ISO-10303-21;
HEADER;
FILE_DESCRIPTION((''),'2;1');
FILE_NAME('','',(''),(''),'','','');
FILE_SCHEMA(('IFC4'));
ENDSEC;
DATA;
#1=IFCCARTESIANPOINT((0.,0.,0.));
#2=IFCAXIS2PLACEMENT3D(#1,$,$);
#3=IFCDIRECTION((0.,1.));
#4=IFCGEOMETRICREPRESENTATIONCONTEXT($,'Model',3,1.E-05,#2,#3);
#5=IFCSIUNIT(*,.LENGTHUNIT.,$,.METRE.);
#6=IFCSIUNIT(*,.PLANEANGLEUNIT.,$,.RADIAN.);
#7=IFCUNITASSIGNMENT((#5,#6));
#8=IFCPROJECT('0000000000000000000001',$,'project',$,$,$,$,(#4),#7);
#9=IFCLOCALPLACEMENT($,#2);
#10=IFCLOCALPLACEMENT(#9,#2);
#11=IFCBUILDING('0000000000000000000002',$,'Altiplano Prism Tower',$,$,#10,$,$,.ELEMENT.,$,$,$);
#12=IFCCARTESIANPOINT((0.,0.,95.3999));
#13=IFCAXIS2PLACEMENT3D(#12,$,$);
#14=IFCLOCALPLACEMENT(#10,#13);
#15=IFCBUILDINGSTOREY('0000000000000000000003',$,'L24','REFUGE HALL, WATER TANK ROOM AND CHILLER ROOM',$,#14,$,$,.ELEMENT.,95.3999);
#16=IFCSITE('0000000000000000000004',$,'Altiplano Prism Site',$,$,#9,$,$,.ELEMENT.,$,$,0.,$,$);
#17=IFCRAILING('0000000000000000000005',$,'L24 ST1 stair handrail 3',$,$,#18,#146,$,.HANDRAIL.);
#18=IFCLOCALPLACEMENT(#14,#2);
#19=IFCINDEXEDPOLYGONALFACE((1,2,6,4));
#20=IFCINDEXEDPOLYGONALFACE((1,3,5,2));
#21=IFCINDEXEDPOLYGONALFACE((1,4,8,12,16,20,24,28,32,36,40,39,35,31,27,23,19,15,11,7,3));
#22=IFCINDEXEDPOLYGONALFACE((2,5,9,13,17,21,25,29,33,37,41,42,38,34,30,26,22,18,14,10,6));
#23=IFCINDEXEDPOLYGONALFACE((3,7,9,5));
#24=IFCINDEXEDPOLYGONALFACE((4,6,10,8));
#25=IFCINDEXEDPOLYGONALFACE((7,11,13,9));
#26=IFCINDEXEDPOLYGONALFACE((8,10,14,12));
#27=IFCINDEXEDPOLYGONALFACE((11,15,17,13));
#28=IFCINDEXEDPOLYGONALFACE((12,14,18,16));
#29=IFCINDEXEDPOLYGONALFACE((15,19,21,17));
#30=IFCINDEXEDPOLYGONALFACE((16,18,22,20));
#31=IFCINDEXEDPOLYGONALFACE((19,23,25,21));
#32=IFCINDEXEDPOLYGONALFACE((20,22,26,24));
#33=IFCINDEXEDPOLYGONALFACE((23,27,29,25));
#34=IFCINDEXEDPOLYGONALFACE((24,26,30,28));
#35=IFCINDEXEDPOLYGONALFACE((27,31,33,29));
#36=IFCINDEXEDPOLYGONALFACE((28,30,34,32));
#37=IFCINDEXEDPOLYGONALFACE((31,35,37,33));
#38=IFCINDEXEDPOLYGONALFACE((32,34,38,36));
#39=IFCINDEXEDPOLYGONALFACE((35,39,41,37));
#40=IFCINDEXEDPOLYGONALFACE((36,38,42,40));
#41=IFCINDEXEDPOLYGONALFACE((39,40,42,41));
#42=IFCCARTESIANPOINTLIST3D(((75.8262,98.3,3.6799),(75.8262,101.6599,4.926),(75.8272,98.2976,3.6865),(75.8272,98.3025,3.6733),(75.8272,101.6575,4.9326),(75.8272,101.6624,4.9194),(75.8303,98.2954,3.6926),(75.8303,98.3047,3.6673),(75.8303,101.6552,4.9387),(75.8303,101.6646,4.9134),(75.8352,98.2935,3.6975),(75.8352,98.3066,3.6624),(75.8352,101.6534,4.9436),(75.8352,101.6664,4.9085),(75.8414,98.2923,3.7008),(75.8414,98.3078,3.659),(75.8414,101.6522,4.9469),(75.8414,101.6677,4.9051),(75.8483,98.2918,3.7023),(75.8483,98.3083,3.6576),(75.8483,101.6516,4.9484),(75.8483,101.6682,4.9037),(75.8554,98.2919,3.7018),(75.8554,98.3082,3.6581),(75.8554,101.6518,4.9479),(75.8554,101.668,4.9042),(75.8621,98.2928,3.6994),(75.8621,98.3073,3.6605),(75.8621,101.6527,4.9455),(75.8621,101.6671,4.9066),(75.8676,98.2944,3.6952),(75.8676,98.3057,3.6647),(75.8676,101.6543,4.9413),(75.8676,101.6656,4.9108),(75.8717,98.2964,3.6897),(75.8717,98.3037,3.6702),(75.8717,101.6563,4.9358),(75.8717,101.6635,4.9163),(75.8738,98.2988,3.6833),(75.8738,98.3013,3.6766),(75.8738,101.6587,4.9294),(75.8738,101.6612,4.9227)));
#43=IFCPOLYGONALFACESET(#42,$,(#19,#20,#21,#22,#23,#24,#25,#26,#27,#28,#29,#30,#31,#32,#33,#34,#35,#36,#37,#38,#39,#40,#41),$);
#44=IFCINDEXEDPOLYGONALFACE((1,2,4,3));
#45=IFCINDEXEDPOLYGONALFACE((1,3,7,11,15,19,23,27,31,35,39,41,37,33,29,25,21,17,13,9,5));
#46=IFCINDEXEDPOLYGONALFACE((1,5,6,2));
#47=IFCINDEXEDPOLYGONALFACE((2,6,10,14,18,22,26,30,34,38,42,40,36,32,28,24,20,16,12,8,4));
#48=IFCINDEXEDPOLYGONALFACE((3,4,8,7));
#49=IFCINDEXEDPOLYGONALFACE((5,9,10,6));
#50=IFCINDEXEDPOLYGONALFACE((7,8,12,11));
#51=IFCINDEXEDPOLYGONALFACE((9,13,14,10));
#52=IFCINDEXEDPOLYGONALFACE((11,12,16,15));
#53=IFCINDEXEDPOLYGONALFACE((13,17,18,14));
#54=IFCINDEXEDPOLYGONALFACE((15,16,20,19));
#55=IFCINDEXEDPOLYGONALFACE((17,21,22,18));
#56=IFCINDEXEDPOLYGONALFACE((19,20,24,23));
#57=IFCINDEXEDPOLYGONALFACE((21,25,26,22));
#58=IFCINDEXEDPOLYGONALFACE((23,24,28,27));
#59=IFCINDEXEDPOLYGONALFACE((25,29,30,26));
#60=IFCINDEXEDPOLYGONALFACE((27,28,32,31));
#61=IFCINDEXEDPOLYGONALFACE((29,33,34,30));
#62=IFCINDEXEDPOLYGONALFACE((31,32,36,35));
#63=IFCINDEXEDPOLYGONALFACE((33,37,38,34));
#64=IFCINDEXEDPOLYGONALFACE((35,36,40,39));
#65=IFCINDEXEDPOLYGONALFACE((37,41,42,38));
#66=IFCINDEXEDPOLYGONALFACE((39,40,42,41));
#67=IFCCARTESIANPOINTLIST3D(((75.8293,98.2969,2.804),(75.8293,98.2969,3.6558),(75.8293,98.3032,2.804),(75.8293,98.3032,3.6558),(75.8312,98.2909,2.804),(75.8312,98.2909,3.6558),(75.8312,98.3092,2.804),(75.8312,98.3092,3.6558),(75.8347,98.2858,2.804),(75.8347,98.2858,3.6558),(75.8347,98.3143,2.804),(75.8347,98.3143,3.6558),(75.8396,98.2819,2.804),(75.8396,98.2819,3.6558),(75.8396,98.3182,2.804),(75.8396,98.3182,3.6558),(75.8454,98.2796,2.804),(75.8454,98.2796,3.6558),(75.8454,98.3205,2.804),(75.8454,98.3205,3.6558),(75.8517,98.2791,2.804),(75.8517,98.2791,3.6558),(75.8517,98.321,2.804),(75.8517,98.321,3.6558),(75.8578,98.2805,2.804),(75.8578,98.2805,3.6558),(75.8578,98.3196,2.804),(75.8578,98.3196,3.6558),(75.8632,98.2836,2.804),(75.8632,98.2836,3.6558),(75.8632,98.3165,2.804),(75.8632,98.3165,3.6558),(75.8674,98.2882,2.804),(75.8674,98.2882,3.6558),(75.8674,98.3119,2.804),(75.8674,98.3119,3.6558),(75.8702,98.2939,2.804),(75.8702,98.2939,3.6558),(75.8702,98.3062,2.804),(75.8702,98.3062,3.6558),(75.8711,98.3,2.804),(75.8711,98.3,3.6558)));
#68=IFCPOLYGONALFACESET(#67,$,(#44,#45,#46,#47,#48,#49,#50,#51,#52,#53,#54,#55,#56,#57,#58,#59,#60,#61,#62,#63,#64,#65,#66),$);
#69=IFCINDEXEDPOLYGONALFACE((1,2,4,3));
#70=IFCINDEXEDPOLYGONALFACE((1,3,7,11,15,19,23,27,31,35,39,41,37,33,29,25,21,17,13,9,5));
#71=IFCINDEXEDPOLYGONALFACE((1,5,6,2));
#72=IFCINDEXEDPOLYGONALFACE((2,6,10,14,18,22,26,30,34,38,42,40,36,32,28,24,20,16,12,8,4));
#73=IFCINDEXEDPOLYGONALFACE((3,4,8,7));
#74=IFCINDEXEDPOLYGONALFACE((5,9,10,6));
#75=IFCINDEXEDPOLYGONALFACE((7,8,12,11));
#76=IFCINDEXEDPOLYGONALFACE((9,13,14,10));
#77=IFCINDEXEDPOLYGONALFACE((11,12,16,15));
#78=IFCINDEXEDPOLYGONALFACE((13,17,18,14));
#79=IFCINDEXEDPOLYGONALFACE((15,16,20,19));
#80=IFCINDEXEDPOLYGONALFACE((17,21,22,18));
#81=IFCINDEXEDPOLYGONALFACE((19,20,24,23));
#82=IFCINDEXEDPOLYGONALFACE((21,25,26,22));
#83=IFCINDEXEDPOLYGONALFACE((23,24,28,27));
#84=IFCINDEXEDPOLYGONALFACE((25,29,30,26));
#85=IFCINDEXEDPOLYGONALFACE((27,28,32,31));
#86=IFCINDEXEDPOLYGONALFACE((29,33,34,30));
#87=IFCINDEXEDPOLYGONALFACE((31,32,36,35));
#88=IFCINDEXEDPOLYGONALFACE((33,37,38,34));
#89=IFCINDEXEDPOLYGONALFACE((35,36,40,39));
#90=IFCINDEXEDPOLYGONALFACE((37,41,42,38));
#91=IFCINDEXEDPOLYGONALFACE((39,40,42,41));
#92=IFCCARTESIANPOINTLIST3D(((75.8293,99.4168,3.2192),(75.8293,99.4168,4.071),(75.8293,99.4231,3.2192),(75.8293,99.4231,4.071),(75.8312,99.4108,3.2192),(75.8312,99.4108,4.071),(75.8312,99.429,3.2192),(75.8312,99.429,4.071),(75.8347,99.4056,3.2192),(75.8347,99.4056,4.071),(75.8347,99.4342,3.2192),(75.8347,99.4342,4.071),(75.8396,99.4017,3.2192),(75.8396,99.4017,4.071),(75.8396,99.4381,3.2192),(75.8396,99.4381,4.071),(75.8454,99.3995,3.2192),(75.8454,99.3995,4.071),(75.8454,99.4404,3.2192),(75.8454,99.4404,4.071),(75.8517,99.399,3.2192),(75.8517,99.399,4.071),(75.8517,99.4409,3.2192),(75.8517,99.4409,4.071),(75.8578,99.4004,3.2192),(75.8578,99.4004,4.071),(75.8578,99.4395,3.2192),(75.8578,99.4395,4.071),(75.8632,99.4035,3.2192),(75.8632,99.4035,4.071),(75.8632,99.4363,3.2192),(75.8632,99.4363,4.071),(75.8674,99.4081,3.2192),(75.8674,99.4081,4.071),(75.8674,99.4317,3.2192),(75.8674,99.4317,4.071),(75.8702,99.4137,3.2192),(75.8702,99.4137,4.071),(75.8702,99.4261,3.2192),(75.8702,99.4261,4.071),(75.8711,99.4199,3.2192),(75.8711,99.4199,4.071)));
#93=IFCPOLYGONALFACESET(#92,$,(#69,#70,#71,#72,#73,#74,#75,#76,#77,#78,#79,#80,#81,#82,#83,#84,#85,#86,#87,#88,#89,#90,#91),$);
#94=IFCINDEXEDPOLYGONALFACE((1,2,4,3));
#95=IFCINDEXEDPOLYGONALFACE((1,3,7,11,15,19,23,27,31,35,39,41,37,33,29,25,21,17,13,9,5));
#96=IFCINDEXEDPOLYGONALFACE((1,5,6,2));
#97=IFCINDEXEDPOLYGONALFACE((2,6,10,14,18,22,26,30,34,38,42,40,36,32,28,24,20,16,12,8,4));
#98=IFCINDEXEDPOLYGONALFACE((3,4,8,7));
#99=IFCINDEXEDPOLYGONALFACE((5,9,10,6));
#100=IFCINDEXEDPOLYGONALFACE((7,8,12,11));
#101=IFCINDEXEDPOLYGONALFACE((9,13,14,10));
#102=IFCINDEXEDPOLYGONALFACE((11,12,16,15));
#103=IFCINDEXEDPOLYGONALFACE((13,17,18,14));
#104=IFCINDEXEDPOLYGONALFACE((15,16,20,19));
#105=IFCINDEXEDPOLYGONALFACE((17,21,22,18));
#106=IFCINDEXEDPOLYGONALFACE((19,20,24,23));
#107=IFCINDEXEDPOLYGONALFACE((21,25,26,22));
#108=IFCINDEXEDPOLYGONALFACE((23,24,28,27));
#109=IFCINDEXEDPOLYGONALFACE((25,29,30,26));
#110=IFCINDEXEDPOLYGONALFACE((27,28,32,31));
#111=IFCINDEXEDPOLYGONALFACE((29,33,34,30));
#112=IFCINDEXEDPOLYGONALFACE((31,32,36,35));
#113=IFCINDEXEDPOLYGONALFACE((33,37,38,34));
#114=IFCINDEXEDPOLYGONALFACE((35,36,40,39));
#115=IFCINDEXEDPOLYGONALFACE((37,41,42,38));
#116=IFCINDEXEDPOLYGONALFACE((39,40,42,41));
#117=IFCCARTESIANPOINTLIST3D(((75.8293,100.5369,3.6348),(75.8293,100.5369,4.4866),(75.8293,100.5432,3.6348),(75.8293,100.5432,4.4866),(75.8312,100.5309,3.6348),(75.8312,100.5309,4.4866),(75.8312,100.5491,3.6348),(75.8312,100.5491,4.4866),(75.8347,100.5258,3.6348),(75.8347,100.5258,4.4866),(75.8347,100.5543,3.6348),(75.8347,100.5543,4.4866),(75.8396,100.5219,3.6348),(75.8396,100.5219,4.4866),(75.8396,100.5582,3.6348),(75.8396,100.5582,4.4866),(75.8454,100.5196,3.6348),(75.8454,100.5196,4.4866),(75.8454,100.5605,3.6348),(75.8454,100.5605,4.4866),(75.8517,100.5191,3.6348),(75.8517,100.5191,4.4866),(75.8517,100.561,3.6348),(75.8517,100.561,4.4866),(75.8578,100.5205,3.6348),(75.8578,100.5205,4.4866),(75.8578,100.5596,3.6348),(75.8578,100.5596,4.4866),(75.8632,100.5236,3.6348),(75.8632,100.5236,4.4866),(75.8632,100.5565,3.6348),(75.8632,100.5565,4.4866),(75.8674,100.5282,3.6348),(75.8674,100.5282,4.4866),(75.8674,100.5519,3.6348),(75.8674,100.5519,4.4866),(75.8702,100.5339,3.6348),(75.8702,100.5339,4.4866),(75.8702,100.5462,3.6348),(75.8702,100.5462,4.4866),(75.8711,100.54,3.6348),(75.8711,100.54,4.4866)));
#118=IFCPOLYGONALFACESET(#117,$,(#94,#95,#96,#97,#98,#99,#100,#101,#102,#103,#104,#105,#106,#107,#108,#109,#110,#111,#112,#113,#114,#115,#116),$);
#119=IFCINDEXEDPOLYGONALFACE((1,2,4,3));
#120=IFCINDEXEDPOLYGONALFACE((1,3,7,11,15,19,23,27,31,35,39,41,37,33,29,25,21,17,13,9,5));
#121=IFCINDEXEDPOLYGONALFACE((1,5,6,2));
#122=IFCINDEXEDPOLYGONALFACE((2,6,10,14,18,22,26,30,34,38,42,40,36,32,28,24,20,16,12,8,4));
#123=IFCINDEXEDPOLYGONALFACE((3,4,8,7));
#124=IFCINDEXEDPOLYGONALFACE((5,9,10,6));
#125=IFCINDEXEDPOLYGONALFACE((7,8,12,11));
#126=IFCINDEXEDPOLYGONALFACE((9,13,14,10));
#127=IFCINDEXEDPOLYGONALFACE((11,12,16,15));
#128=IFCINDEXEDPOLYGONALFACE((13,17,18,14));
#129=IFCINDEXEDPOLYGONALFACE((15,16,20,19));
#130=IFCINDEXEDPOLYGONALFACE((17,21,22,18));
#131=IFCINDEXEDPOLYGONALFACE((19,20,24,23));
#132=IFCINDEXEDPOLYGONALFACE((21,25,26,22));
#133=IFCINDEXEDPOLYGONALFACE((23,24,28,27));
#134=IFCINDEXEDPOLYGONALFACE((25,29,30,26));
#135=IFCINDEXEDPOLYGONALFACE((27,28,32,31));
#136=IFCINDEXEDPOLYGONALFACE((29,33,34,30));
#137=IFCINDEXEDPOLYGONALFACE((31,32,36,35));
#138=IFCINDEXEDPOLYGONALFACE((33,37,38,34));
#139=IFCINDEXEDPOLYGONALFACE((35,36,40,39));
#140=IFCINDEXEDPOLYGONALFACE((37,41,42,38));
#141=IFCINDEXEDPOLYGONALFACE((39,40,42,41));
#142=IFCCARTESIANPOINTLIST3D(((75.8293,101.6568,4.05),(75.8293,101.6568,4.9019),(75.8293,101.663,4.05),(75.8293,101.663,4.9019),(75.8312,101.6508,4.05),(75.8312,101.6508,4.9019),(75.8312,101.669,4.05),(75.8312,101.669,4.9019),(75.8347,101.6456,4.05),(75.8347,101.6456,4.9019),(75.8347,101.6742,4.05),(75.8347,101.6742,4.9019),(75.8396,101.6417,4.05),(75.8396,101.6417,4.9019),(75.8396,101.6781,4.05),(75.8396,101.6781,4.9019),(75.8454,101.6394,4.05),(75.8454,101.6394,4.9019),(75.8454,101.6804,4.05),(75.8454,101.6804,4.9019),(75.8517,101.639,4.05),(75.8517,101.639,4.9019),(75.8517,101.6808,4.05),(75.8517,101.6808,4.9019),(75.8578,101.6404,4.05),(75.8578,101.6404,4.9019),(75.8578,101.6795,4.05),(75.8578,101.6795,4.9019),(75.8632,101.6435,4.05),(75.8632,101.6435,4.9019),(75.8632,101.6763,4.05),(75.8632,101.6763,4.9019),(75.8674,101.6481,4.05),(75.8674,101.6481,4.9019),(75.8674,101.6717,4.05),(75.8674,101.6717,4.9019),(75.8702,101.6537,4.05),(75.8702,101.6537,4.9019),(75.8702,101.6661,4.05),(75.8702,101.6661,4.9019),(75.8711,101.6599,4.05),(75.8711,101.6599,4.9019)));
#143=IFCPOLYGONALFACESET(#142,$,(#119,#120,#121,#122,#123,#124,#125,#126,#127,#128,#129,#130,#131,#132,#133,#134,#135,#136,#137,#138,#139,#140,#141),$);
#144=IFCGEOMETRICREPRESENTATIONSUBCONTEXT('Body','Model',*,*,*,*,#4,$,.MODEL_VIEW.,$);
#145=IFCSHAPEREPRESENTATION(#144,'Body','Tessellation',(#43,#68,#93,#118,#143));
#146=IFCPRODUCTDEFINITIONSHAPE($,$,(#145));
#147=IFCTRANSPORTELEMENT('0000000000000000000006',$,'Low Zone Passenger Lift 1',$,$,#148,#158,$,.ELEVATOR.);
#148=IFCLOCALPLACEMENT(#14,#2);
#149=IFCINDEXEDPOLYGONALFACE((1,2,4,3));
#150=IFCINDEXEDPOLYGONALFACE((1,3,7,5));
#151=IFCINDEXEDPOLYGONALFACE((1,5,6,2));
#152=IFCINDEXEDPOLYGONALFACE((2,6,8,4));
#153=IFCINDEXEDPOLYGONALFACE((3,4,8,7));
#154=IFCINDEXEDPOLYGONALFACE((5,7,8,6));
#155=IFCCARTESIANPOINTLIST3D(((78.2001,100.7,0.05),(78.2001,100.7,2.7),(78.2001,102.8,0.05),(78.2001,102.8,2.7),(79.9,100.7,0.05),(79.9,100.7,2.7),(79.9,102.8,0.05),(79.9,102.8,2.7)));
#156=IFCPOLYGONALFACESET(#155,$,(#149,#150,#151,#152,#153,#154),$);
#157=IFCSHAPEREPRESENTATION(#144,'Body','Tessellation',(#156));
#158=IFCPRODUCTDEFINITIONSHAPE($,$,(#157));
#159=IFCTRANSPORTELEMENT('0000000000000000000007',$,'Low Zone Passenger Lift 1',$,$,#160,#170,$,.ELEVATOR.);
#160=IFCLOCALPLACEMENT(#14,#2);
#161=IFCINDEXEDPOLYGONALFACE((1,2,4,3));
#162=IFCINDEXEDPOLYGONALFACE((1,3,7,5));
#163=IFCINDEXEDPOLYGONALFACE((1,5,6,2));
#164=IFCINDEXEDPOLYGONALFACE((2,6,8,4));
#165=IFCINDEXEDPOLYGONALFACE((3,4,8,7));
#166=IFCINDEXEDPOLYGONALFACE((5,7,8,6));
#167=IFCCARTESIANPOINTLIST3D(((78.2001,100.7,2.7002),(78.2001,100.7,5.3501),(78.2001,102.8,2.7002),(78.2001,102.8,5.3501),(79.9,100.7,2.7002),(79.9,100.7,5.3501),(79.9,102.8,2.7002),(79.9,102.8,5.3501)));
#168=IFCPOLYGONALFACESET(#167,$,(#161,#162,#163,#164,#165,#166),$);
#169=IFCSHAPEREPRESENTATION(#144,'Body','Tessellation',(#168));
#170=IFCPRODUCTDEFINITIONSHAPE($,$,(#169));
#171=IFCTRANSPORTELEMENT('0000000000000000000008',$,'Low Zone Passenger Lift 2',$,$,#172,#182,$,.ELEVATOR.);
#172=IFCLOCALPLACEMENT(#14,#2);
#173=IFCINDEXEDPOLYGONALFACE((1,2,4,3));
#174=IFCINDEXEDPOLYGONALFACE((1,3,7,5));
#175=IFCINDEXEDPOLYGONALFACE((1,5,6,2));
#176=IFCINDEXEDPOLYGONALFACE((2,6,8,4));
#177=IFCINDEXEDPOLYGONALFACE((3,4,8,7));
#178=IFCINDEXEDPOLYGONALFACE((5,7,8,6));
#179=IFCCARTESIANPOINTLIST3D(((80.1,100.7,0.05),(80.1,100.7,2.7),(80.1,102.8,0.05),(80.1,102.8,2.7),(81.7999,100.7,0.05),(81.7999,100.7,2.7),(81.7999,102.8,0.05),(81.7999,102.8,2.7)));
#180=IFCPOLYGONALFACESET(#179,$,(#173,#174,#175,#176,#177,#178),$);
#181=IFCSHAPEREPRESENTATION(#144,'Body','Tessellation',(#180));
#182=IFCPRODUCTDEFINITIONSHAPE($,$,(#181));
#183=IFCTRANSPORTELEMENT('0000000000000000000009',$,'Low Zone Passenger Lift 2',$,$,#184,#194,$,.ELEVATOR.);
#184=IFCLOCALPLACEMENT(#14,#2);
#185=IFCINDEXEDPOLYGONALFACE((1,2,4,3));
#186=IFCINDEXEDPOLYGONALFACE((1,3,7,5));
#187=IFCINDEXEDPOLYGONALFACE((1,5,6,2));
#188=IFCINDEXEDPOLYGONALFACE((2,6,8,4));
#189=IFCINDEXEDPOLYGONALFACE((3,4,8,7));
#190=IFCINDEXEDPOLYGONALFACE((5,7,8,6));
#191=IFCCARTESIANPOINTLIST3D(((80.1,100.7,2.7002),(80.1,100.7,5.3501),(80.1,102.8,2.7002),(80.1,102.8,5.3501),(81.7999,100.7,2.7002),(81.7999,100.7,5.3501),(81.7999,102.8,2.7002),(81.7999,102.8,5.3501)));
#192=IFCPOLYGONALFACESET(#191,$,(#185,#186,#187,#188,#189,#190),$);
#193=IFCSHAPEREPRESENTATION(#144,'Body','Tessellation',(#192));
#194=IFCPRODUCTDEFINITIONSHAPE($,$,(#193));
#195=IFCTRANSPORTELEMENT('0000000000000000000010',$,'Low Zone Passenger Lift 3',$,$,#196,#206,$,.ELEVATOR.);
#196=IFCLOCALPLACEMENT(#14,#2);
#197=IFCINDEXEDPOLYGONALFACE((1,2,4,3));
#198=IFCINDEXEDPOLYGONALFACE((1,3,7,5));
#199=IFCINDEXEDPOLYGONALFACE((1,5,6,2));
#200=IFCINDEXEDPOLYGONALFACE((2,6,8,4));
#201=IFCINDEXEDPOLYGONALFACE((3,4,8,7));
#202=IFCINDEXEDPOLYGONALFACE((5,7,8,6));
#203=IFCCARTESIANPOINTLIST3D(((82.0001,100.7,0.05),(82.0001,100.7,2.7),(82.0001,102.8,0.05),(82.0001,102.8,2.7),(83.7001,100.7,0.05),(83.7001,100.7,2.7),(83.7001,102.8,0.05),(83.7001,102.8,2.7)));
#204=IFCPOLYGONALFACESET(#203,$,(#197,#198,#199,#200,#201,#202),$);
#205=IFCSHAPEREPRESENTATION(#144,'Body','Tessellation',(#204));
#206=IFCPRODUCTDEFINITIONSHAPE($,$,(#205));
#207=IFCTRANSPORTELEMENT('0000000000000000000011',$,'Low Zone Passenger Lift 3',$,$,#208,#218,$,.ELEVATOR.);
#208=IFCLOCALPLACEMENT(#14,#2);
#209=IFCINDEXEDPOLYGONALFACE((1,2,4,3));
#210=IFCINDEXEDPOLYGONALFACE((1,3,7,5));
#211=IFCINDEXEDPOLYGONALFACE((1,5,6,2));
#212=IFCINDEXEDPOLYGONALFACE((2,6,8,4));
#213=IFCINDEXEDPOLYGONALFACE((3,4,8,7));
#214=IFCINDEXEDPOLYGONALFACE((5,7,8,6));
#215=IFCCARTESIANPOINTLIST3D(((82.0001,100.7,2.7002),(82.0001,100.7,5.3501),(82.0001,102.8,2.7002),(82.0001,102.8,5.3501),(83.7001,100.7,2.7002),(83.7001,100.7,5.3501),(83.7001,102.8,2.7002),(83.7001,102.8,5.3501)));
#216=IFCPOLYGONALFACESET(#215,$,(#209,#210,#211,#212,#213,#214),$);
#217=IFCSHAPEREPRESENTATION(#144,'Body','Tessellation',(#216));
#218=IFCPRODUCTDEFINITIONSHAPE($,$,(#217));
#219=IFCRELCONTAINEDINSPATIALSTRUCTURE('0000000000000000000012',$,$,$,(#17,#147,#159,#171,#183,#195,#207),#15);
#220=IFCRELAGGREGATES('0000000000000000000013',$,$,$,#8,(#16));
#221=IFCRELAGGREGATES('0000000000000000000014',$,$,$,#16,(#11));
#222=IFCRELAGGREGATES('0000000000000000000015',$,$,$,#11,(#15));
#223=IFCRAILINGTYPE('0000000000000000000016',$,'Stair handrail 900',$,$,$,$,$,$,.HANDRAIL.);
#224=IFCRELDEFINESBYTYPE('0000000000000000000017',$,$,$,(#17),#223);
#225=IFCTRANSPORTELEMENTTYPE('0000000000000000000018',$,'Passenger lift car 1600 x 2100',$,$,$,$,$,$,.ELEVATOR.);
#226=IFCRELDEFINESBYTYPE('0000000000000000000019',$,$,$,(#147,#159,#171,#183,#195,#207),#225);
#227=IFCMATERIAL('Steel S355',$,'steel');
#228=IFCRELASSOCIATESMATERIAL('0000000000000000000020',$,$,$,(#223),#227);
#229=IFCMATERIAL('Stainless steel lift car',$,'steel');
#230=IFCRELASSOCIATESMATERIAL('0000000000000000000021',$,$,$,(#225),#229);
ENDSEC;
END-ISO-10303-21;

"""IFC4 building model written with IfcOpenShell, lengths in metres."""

from ifc_helpers import new_model, si_unit, direction, frame, origin, origin_2d, place, context, subcontext, project, spatial, rectangle, circle, extrude, material, type_object, element, save


model = new_model("IFC4")

# Units and contexts
model_context = context("Model", 3, precision=1e-05, world=origin(), true_north=direction((0.0, 1.0)))
body_context = subcontext(model_context, "Body", "Model", "MODEL_VIEW")
ifc_project = project(units=[si_unit("LENGTHUNIT", "METRE"), si_unit("PLANEANGLEUNIT", "RADIAN")], contexts=[model_context])

# Site, building, storey
site_placement = place(None, origin())
site = spatial("IfcSite", under=ifc_project, at=site_placement, Name="Altiplano Prism Site", CompositionType="ELEMENT", RefElevation=0.0)
building_placement = place(site_placement, origin())
building = spatial("IfcBuilding", under=site, at=building_placement, Name="Altiplano Prism Tower", CompositionType="ELEMENT")
storey_placement = place(building_placement, frame((0.0, 0.0, 95.3999)))
storey = spatial("IfcBuildingStorey", under=building, at=storey_placement, Name="L24", Description="REFUGE HALL, WATER TANK ROOM AND CHILLER ROOM", CompositionType="ELEMENT", Elevation=95.3999)

# Railing
ifc_material_1 = material(Name="Steel S355", Category="steel")
railing_type = type_object("IfcRailingType", Name="Stair handrail 900", PredefinedType="HANDRAIL", material=ifc_material_1)
for number, where, name in (
    (1, (75.8501, 98.3, 2.804), "L24 ST1 stair handrail 3"),
):
    element("IfcRailing", number, at=place(storey_placement, frame(where)), inside=storey, type_object=railing_type, Name=name, PredefinedType="HANDRAIL", context=body_context, shape_type="SweptSolid", body=[
        extrude(circle(Radius=0.0239, at=origin_2d()), frame((0.0, 0.0, 0.876), z_axis=(0.0, 0.937594, 0.347731), x_axis=(-1.0, 0.0, 0.0)), (0.0, 0.0, 1.0), 3.5835),
        extrude(circle(Radius=0.021, at=origin_2d()), origin(), (0.0, 0.0, 1.0), 0.8518),
        extrude(circle(Radius=0.021, at=origin_2d()), frame((0.0, 1.1199, 0.4153)), (0.0, 0.0, 1.0), 0.8518),
        extrude(circle(Radius=0.021, at=origin_2d()), frame((0.0, 2.24, 0.8308)), (0.0, 0.0, 1.0), 0.8518),
        extrude(circle(Radius=0.021, at=origin_2d()), frame((0.0, 3.3599, 1.2461)), (0.0, 0.0, 1.0), 0.8518),
    ])

# Transport elements
ifc_material_2 = material(Name="Stainless steel lift car", Category="steel")
transport_element_type = type_object("IfcTransportElementType", Name="Passenger lift car 1600 x 2100", PredefinedType="ELEVATOR", material=ifc_material_2)
for number, where, z_axis, x_axis, name in (
    (2, (79.05, 101.75, 0.05), (0.0, 0.0, 1.0), (1.0, 0.0, 0.0), "Low Zone Passenger Lift 1"),
    (3, (79.05, 101.75, 2.7002), (0.0, 0.0, 1.0), (1.0, 0.0, 0.0), "Low Zone Passenger Lift 1"),
    (4, (80.95, 101.75, 0.05), (0.0, 0.0, 1.0), (1.0, 0.0, 0.0), "Low Zone Passenger Lift 2"),
    (5, (80.95, 101.75, 2.7002), (0.0, 0.0, 1.0), (1.0, 0.0, 0.0), "Low Zone Passenger Lift 2"),
    (6, (82.8501, 101.75, 0.05), (0.0, 0.0, 1.0), (1.0, 0.0, 0.0), "Low Zone Passenger Lift 3"),
    (7, (82.8501, 101.75, 2.7002), (0.0, 0.0, 1.0), (1.0, 0.0, 0.0), "Low Zone Passenger Lift 3"),
):
    element("IfcTransportElement", number, at=place(storey_placement, frame(where, z_axis=z_axis, x_axis=x_axis)), inside=storey, type_object=transport_element_type, Name=name, PredefinedType="ELEVATOR", context=body_context, shape_type="SweptSolid", body=[
        extrude(rectangle(XDim=1.7, YDim=2.1001, at=origin_2d()), origin(), (0.0, 0.0, 1.0), 2.6499),
    ])

save(model, "model.ifc")
